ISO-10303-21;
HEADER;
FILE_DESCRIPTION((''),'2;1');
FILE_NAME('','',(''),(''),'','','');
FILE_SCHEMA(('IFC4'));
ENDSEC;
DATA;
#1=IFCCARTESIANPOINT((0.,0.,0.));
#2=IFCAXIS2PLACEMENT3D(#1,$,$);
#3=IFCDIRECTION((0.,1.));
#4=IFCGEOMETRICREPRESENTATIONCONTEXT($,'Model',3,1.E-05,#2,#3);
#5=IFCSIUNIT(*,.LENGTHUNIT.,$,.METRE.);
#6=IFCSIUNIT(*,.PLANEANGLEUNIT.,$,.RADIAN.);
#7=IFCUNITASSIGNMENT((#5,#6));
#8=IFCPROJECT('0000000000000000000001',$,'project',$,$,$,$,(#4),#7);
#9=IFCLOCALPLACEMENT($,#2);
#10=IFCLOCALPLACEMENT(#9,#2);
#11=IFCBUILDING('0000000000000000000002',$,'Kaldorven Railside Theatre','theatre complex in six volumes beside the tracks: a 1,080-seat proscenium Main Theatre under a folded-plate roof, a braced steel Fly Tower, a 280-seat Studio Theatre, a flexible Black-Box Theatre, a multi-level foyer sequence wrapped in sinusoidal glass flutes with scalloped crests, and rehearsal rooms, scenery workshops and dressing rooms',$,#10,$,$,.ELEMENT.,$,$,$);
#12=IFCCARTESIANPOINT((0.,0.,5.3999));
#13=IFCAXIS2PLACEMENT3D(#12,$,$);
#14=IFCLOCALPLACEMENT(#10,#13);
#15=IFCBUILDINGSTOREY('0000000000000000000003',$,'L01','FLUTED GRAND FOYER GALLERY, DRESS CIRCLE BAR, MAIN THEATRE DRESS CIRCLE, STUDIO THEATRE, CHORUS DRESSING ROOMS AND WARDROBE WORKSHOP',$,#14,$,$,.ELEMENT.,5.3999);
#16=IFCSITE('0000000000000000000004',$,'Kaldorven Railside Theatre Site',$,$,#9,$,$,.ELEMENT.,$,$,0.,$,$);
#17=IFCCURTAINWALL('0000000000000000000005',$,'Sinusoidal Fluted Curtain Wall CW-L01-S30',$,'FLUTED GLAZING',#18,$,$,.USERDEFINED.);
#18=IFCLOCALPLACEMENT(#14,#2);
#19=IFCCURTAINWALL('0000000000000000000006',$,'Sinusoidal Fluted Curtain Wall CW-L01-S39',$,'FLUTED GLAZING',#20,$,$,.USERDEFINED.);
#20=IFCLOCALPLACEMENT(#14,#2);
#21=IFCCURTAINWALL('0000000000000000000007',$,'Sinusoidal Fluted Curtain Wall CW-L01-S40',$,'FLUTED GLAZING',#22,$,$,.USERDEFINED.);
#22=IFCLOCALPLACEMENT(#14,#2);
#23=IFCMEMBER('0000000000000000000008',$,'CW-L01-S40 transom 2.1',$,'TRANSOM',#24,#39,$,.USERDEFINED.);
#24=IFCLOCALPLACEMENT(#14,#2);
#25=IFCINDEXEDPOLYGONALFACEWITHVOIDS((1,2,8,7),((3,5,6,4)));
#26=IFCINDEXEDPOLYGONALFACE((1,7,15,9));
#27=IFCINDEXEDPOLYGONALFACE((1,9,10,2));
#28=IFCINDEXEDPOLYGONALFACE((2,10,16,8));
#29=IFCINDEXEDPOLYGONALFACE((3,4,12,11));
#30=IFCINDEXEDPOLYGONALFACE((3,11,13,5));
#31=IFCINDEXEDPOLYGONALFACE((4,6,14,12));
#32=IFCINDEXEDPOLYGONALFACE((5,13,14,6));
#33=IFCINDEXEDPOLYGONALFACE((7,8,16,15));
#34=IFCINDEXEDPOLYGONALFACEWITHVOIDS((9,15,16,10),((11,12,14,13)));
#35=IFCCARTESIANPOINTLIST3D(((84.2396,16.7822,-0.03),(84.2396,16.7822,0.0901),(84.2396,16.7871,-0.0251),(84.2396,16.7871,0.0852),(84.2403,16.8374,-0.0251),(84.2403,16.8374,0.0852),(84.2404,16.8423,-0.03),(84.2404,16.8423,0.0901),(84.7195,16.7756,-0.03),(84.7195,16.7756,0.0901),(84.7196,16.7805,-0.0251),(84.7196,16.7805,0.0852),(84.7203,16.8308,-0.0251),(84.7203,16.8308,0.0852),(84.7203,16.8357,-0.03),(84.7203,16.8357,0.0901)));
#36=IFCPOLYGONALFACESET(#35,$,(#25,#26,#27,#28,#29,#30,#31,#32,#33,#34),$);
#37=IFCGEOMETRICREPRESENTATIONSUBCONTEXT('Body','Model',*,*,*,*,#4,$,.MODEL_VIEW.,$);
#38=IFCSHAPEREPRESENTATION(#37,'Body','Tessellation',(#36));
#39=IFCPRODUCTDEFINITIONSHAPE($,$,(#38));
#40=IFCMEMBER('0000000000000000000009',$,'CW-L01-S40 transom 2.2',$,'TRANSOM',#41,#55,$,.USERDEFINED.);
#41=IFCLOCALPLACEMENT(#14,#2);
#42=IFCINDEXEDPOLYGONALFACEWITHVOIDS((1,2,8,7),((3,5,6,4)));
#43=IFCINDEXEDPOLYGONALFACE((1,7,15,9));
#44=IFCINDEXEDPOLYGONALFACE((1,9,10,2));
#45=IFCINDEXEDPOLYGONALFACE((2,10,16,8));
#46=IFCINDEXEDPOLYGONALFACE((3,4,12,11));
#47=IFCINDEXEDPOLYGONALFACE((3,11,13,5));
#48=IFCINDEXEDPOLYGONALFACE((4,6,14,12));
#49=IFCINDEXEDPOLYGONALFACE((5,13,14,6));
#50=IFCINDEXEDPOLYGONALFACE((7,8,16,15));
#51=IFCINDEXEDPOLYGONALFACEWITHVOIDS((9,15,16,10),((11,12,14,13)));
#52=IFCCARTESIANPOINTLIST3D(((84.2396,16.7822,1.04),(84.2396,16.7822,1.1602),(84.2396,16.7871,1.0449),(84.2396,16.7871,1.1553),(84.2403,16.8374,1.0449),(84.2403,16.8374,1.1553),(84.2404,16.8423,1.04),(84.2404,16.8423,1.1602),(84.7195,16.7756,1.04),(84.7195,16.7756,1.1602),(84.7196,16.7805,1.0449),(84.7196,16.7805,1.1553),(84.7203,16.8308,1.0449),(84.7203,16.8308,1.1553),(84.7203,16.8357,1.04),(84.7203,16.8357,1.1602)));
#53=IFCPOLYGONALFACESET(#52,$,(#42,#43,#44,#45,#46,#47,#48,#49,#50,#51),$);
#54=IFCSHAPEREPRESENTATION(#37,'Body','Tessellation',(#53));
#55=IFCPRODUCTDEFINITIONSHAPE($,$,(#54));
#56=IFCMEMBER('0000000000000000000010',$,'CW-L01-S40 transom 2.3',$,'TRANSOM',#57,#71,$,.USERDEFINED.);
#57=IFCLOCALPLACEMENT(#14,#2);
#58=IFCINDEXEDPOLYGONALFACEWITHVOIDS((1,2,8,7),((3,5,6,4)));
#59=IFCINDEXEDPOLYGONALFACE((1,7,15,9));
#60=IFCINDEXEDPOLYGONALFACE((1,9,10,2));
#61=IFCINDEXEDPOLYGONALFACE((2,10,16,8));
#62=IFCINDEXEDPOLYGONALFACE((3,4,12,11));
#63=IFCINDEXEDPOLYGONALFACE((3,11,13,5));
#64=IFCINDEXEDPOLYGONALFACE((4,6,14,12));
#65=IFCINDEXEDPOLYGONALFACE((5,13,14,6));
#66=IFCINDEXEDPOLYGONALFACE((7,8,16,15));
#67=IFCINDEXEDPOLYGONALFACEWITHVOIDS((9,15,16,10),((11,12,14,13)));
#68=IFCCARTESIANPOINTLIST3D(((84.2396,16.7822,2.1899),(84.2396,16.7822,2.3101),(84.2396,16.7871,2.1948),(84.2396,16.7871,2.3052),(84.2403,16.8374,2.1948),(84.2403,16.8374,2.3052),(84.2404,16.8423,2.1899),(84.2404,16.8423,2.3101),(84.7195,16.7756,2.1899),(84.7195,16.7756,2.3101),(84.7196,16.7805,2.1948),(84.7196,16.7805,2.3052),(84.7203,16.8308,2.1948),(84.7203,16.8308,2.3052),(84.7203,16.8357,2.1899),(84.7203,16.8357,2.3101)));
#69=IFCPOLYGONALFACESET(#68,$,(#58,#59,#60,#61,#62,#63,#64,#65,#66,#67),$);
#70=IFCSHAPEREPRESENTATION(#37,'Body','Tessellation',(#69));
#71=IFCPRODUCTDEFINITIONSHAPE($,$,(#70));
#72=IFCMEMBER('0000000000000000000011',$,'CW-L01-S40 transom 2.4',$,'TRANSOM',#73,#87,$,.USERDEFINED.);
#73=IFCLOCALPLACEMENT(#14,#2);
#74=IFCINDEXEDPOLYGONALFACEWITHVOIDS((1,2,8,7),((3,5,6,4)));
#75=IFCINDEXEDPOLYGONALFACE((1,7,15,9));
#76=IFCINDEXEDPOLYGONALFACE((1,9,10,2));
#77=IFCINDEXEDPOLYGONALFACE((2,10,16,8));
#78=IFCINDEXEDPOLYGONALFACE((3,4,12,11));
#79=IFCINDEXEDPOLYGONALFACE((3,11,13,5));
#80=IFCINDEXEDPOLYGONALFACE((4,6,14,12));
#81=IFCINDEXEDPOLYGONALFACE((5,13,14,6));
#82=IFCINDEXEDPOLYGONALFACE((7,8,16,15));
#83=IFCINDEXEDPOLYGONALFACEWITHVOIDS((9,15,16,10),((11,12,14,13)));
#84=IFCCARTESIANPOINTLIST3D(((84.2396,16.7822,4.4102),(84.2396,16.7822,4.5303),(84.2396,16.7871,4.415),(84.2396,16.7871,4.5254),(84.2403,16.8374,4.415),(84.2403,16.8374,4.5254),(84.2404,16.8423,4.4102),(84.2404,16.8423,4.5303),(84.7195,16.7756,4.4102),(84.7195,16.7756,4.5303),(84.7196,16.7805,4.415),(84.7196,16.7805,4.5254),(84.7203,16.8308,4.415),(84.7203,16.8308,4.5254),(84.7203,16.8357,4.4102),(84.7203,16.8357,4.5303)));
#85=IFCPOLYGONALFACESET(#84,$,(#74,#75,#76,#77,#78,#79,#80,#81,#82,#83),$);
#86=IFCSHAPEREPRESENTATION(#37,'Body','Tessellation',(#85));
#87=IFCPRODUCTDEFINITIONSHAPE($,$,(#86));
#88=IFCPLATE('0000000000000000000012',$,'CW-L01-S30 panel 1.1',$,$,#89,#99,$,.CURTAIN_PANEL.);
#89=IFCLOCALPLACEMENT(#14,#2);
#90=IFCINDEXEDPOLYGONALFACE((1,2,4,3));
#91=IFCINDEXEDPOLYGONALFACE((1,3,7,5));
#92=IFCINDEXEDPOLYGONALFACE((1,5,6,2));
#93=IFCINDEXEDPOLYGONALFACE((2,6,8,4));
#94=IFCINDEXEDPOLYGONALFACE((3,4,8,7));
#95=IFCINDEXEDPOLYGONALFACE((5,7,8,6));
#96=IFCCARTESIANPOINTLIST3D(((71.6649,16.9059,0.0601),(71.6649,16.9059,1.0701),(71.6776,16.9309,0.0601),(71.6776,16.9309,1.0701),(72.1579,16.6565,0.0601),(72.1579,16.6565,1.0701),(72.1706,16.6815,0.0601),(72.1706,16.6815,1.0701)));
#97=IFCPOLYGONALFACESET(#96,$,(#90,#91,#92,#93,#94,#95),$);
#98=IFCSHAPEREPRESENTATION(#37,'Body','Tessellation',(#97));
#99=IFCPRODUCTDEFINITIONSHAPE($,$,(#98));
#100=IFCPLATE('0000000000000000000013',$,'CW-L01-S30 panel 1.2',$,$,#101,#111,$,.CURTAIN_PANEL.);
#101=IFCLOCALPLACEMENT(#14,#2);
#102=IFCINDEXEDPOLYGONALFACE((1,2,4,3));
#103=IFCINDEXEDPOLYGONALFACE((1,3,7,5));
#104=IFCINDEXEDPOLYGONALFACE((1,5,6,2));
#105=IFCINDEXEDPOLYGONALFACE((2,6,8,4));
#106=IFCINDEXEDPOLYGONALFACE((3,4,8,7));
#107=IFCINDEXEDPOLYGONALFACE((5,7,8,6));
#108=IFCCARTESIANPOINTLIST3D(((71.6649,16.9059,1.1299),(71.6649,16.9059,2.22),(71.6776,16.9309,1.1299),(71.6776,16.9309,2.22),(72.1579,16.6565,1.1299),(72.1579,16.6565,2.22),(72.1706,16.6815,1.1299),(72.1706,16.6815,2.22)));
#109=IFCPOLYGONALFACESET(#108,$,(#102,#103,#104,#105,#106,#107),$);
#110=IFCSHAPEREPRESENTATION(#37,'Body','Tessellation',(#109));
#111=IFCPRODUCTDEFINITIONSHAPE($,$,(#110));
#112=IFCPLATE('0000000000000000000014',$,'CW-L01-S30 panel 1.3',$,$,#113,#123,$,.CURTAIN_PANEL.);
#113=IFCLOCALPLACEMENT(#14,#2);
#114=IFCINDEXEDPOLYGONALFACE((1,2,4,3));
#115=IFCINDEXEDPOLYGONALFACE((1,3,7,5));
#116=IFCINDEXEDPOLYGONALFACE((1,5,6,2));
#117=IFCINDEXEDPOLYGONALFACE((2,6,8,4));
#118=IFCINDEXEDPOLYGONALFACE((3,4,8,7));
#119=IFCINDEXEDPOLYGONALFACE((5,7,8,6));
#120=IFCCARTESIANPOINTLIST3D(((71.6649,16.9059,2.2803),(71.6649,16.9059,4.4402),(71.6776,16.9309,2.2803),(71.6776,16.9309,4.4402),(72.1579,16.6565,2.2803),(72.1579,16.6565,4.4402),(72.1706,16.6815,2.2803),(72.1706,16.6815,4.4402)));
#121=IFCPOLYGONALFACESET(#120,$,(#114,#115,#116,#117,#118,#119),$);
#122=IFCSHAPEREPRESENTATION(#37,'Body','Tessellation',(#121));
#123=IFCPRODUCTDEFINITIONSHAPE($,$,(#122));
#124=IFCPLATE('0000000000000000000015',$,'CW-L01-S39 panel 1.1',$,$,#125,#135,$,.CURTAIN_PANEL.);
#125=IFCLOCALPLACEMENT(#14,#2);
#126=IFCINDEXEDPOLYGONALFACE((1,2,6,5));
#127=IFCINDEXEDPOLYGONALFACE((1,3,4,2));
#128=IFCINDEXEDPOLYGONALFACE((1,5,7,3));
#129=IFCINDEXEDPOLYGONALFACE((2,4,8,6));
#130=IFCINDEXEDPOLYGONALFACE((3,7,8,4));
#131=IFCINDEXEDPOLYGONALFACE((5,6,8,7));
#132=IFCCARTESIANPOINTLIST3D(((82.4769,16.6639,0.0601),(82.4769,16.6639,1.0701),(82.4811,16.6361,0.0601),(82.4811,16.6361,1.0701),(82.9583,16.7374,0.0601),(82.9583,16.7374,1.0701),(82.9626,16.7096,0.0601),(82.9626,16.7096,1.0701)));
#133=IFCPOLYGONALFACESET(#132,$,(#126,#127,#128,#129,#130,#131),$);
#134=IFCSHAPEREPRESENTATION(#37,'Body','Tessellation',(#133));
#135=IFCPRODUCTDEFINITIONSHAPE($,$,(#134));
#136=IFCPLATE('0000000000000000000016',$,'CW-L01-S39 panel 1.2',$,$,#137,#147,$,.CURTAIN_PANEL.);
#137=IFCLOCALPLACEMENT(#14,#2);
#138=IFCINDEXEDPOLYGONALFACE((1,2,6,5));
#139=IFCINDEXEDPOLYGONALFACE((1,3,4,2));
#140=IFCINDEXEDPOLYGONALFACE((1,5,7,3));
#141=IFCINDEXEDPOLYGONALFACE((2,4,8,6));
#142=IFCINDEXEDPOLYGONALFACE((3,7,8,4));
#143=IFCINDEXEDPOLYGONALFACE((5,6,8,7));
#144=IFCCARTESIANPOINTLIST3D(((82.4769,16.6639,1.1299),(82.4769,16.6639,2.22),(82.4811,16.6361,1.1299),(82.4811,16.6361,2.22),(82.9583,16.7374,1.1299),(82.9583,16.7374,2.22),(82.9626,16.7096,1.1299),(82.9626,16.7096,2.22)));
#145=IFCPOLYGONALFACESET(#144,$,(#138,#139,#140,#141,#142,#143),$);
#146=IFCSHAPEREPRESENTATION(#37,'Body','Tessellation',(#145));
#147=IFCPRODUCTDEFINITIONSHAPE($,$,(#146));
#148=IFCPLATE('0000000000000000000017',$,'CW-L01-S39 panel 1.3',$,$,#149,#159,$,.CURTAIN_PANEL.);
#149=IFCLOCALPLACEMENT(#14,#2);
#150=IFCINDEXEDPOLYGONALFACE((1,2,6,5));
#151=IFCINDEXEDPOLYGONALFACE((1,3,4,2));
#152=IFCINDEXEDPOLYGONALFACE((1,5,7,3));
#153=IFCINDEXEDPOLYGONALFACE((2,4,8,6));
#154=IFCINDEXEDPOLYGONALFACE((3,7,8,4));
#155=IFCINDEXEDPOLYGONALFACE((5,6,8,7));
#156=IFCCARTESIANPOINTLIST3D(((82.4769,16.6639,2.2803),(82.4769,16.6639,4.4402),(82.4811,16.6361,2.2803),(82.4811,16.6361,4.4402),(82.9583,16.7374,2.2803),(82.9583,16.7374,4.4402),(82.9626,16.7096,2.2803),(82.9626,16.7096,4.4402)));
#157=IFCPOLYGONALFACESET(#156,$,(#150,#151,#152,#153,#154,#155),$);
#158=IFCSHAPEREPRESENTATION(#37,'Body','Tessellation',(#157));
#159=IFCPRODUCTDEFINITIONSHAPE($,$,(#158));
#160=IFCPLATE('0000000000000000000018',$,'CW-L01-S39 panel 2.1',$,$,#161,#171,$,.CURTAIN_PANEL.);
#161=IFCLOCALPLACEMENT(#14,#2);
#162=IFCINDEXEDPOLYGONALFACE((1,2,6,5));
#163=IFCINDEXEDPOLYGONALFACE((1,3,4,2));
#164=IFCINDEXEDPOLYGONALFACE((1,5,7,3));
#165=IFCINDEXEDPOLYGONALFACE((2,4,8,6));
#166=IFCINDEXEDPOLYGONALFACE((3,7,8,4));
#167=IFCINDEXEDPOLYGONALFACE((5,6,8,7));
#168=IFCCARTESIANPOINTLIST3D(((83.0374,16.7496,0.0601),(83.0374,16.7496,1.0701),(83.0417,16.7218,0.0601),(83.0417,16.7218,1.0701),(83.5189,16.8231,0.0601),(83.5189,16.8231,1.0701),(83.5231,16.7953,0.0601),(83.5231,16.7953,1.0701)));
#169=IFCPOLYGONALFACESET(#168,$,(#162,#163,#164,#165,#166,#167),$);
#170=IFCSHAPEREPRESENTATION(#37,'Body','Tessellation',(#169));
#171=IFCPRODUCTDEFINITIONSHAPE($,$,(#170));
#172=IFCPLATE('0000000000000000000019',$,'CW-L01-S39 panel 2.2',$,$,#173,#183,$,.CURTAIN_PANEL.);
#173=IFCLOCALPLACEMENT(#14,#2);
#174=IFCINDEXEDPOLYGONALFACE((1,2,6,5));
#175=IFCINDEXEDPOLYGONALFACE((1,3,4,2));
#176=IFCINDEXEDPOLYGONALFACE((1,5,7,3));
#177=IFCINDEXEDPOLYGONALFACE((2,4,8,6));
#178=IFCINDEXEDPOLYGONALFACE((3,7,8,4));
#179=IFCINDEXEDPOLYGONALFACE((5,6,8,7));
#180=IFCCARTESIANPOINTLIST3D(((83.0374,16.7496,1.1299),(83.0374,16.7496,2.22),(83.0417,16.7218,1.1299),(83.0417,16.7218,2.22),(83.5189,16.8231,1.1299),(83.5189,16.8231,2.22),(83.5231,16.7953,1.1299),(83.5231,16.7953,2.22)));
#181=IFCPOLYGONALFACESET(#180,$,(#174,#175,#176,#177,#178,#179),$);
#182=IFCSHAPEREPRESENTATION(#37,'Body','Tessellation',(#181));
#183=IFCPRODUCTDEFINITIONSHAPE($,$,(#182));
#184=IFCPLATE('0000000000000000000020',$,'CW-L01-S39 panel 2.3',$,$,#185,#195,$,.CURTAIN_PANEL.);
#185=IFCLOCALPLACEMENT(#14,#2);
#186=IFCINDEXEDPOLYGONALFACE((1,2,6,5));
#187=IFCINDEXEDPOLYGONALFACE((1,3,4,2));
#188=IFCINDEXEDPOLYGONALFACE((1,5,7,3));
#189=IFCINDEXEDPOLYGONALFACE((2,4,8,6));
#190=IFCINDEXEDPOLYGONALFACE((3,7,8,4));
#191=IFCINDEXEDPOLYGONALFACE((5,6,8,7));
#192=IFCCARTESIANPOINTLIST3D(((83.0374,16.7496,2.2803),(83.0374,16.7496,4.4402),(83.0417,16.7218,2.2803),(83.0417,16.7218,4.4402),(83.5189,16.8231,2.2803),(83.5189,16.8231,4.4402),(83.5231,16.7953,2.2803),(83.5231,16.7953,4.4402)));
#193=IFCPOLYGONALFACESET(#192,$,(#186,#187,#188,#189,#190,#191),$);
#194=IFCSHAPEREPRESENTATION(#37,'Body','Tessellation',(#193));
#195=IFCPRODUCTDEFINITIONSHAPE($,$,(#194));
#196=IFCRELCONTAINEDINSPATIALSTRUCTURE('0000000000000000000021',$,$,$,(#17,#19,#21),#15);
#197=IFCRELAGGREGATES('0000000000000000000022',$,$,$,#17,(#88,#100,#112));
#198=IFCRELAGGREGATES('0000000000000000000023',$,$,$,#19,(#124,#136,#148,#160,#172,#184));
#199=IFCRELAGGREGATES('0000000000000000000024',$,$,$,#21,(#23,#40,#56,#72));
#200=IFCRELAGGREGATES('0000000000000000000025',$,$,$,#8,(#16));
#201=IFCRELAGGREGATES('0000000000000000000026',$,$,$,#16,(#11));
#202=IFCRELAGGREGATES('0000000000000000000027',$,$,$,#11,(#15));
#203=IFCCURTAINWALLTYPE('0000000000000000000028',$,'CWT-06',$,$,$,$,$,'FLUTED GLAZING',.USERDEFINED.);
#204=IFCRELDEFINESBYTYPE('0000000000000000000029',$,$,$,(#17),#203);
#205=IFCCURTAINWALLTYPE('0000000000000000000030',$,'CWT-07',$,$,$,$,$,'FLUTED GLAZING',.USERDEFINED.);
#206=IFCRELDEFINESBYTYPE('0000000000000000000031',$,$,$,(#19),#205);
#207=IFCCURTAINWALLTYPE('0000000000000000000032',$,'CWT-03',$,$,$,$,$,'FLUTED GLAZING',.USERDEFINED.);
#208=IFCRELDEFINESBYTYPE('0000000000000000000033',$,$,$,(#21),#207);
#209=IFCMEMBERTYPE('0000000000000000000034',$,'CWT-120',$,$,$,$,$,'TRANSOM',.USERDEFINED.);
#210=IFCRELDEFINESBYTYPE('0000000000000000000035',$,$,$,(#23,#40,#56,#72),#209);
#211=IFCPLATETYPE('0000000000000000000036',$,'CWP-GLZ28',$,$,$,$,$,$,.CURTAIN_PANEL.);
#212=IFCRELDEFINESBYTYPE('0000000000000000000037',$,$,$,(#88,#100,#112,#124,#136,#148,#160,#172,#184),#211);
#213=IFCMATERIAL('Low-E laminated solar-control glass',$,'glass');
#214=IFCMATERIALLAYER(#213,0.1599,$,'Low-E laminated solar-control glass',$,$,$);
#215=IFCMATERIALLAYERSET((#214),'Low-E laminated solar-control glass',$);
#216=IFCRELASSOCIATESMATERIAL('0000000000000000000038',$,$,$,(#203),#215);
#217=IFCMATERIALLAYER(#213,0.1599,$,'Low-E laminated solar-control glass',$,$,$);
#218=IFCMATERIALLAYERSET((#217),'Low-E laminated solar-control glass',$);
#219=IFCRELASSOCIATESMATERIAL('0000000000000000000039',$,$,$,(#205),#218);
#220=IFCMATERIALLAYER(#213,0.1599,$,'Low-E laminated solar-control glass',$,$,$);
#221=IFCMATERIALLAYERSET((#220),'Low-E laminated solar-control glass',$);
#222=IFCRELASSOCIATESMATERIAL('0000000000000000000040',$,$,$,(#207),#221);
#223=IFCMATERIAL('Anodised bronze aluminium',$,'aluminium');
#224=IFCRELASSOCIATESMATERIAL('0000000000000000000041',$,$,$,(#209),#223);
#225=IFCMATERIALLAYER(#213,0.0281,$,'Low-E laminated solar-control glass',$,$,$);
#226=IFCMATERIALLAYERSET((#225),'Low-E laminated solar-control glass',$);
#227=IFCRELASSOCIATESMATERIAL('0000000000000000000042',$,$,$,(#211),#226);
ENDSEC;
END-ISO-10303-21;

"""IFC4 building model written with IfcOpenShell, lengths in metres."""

from ifc_helpers import new_model, si_unit, direction, frame, origin, origin_2d, place, context, subcontext, project, spatial, rectangle, hollow_rectangle, extrude, material, layer, layer_set, material_profile, profile_set, type_object, element, aggregate, save


model = new_model("IFC4")

# Units and contexts
model_context = context("Model", 3, precision=1e-05, world=origin(), true_north=direction((0.0, 1.0)))
body_context = subcontext(model_context, "Body", "Model", "MODEL_VIEW")
ifc_project = project(units=[si_unit("LENGTHUNIT", "METRE"), si_unit("PLANEANGLEUNIT", "RADIAN")], contexts=[model_context])

# Site, building, storey
site_placement = place(None, origin())
site = spatial("IfcSite", under=ifc_project, at=site_placement, Name="Kaldorven Railside Theatre Site", CompositionType="ELEMENT", RefElevation=0.0)
building_placement = place(site_placement, origin())
building = spatial("IfcBuilding", under=site, at=building_placement, Name="Kaldorven Railside Theatre", Description="theatre complex in six volumes beside the tracks: a 1,080-seat proscenium Main Theatre under a folded-plate roof, a braced steel Fly Tower, a 280-seat Studio Theatre, a flexible Black-Box Theatre, a multi-level foyer sequence wrapped in sinusoidal glass flutes with scalloped crests, and rehearsal rooms, scenery workshops and dressing rooms", CompositionType="ELEMENT")
storey_placement = place(building_placement, frame((0.0, 0.0, 5.3999)))
storey = spatial("IfcBuildingStorey", under=building, at=storey_placement, Name="L01", Description="FLUTED GRAND FOYER GALLERY, DRESS CIRCLE BAR, MAIN THEATRE DRESS CIRCLE, STUDIO THEATRE, CHORUS DRESSING ROOMS AND WARDROBE WORKSHOP", CompositionType="ELEMENT", Elevation=5.3999)

# Curtain wall
ifc_material_1 = material(Name="Low-E laminated solar-control glass", Category="glass")
ifc_layer_1 = layer(ifc_material_1, 0.1599, Name="Low-E laminated solar-control glass")
ifc_layer_set_1 = layer_set([ifc_layer_1], Name="Low-E laminated solar-control glass")
curtain_wall_type_1 = type_object("IfcCurtainWallType", Name="CWT-06", ElementType="FLUTED GLAZING", PredefinedType="USERDEFINED", material=ifc_layer_set_1)
curtain_wall_1_placement = place(storey_placement, origin())
curtain_wall_1 = element("IfcCurtainWall", 1, at=curtain_wall_1_placement, inside=storey, type_object=curtain_wall_type_1, Name="Sinusoidal Fluted Curtain Wall CW-L01-S30", ObjectType="FLUTED GLAZING", PredefinedType="USERDEFINED")
ifc_material_2 = material(Name="Anodised bronze aluminium", Category="aluminium")

# Curtain walls
ifc_layer_2 = layer(ifc_material_1, 0.1599, Name="Low-E laminated solar-control glass")
ifc_layer_set_2 = layer_set([ifc_layer_2], Name="Low-E laminated solar-control glass")
curtain_wall_type_2 = type_object("IfcCurtainWallType", Name="CWT-07", ElementType="FLUTED GLAZING", PredefinedType="USERDEFINED", material=ifc_layer_set_2)
curtain_wall_2_placement = place(storey_placement, origin())
curtain_wall_2 = element("IfcCurtainWall", 2, at=curtain_wall_2_placement, inside=storey, type_object=curtain_wall_type_2, Name="Sinusoidal Fluted Curtain Wall CW-L01-S39", ObjectType="FLUTED GLAZING", PredefinedType="USERDEFINED")
ifc_layer_3 = layer(ifc_material_1, 0.1599, Name="Low-E laminated solar-control glass")
ifc_layer_set_3 = layer_set([ifc_layer_3], Name="Low-E laminated solar-control glass")
curtain_wall_type_3 = type_object("IfcCurtainWallType", Name="CWT-03", ElementType="FLUTED GLAZING", PredefinedType="USERDEFINED", material=ifc_layer_set_3)
curtain_wall_3_placement = place(storey_placement, origin())
curtain_wall_3 = element("IfcCurtainWall", 3, at=curtain_wall_3_placement, inside=storey, type_object=curtain_wall_type_3, Name="Sinusoidal Fluted Curtain Wall CW-L01-S40", ObjectType="FLUTED GLAZING", PredefinedType="USERDEFINED")

# Members
ifc_material_profile_1 = material_profile(ifc_material_2, hollow_rectangle(XDim=0.0601, YDim=0.1201, WallThickness=0.0049, at=origin_2d()), Name="RHS 120x60x5")
ifc_profile_set_1 = profile_set([ifc_material_profile_1], Name="Anodised bronze aluminium")
member_type_1 = type_object("IfcMemberType", Name="CWT-120", ElementType="TRANSOM", PredefinedType="USERDEFINED", material=ifc_profile_set_1)
member_1_placement = place(storey_placement, frame((84.24, 16.8123, 0.03), z_axis=(0.999906, -0.013732, 0.0), x_axis=(0.013732, 0.999906, 0.0)))
member_1 = element("IfcMember", 4, at=member_1_placement, type_object=member_type_1, Name="CW-L01-S40 transom 2.1", ObjectType="TRANSOM", PredefinedType="USERDEFINED", context=body_context, shape_type="SweptSolid", body=[
    extrude(hollow_rectangle(XDim=0.0601, YDim=0.1201, WallThickness=0.0049, at=origin_2d()), origin(), (0.0, 0.0, 1.0), 0.48),
])
member_2_placement = place(storey_placement, frame((84.24, 16.8123, 1.1001), z_axis=(0.999906, -0.013732, 0.0), x_axis=(0.013732, 0.999906, 0.0)))
member_2 = element("IfcMember", 5, at=member_2_placement, type_object=member_type_1, Name="CW-L01-S40 transom 2.2", ObjectType="TRANSOM", PredefinedType="USERDEFINED", context=body_context, shape_type="SweptSolid", body=[
    extrude(hollow_rectangle(XDim=0.0601, YDim=0.1201, WallThickness=0.0049, at=origin_2d()), origin(), (0.0, 0.0, 1.0), 0.48),
])
member_3_placement = place(storey_placement, frame((84.24, 16.8123, 2.25), z_axis=(0.999906, -0.013732, 0.0), x_axis=(0.013732, 0.999906, 0.0)))
member_3 = element("IfcMember", 6, at=member_3_placement, type_object=member_type_1, Name="CW-L01-S40 transom 2.3", ObjectType="TRANSOM", PredefinedType="USERDEFINED", context=body_context, shape_type="SweptSolid", body=[
    extrude(hollow_rectangle(XDim=0.0601, YDim=0.1201, WallThickness=0.0049, at=origin_2d()), origin(), (0.0, 0.0, 1.0), 0.48),
])
member_4_placement = place(storey_placement, frame((84.24, 16.8123, 4.4702), z_axis=(0.999906, -0.013732, 0.0), x_axis=(0.013732, 0.999906, 0.0)))
member_4 = element("IfcMember", 7, at=member_4_placement, type_object=member_type_1, Name="CW-L01-S40 transom 2.4", ObjectType="TRANSOM", PredefinedType="USERDEFINED", context=body_context, shape_type="SweptSolid", body=[
    extrude(hollow_rectangle(XDim=0.0601, YDim=0.1201, WallThickness=0.0049, at=origin_2d()), origin(), (0.0, 0.0, 1.0), 0.48),
])

# Plates
ifc_layer_4 = layer(ifc_material_1, 0.0281, Name="Low-E laminated solar-control glass")
ifc_layer_set_4 = layer_set([ifc_layer_4], Name="Low-E laminated solar-control glass")
plate_type = type_object("IfcPlateType", Name="CWP-GLZ28", PredefinedType="CURTAIN_PANEL", material=ifc_layer_set_4)
plate_1_placement = place(storey_placement, frame((71.9177, 16.7937, 0.0601), z_axis=(0.0, 0.0, 1.0), x_axis=(0.892305, -0.451432, 0.0)))
plate_1 = element("IfcPlate", 8, at=plate_1_placement, type_object=plate_type, Name="CW-L01-S30 panel 1.1", PredefinedType="CURTAIN_PANEL", context=body_context, shape_type="SweptSolid", body=[
    extrude(rectangle(XDim=0.5525, YDim=0.0281, at=origin_2d()), origin(), (0.0, 0.0, 1.0), 1.01),
])
plate_2_placement = place(storey_placement, frame((71.9177, 16.7937, 1.1299), z_axis=(0.0, 0.0, 1.0), x_axis=(0.892305, -0.451432, 0.0)))
plate_2 = element("IfcPlate", 9, at=plate_2_placement, type_object=plate_type, Name="CW-L01-S30 panel 1.2", PredefinedType="CURTAIN_PANEL", context=body_context, shape_type="SweptSolid", body=[
    extrude(rectangle(XDim=0.5525, YDim=0.0281, at=origin_2d()), origin(), (0.0, 0.0, 1.0), 1.0901),
])
plate_3_placement = place(storey_placement, frame((71.9177, 16.7937, 2.2803), z_axis=(0.0, 0.0, 1.0), x_axis=(0.892305, -0.451432, 0.0)))
plate_3 = element("IfcPlate", 10, at=plate_3_placement, type_object=plate_type, Name="CW-L01-S30 panel 1.3", PredefinedType="CURTAIN_PANEL", context=body_context, shape_type="SweptSolid", body=[
    extrude(rectangle(XDim=0.5525, YDim=0.0281, at=origin_2d()), origin(), (0.0, 0.0, 1.0), 2.1599),
])
aggregate(curtain_wall_1, [plate_1, plate_2, plate_3])
plate_4_placement = place(storey_placement, frame((82.7197, 16.6868, 0.0601), z_axis=(0.0, 0.0, 1.0), x_axis=(0.988546, 0.150918, 0.0)))
plate_4 = element("IfcPlate", 11, at=plate_4_placement, type_object=plate_type, Name="CW-L01-S39 panel 1.1", PredefinedType="CURTAIN_PANEL", context=body_context, shape_type="SweptSolid", body=[
    extrude(rectangle(XDim=0.4871, YDim=0.0281, at=origin_2d()), origin(), (0.0, 0.0, 1.0), 1.01),
])
plate_5_placement = place(storey_placement, frame((82.7197, 16.6868, 1.1299), z_axis=(0.0, 0.0, 1.0), x_axis=(0.988546, 0.150918, 0.0)))
plate_5 = element("IfcPlate", 12, at=plate_5_placement, type_object=plate_type, Name="CW-L01-S39 panel 1.2", PredefinedType="CURTAIN_PANEL", context=body_context, shape_type="SweptSolid", body=[
    extrude(rectangle(XDim=0.4871, YDim=0.0281, at=origin_2d()), origin(), (0.0, 0.0, 1.0), 1.0901),
])
plate_6_placement = place(storey_placement, frame((82.7197, 16.6868, 2.2803), z_axis=(0.0, 0.0, 1.0), x_axis=(0.988546, 0.150918, 0.0)))
plate_6 = element("IfcPlate", 13, at=plate_6_placement, type_object=plate_type, Name="CW-L01-S39 panel 1.3", PredefinedType="CURTAIN_PANEL", context=body_context, shape_type="SweptSolid", body=[
    extrude(rectangle(XDim=0.4871, YDim=0.0281, at=origin_2d()), origin(), (0.0, 0.0, 1.0), 2.1599),
])
plate_7_placement = place(storey_placement, frame((83.2803, 16.7725, 0.0601), z_axis=(0.0, 0.0, 1.0), x_axis=(0.988546, 0.150918, 0.0)))
plate_7 = element("IfcPlate", 14, at=plate_7_placement, type_object=plate_type, Name="CW-L01-S39 panel 2.1", PredefinedType="CURTAIN_PANEL", context=body_context, shape_type="SweptSolid", body=[
    extrude(rectangle(XDim=0.4871, YDim=0.0281, at=origin_2d()), origin(), (0.0, 0.0, 1.0), 1.01),
])
plate_8_placement = place(storey_placement, frame((83.2803, 16.7725, 1.1299), z_axis=(0.0, 0.0, 1.0), x_axis=(0.988546, 0.150918, 0.0)))
plate_8 = element("IfcPlate", 15, at=plate_8_placement, type_object=plate_type, Name="CW-L01-S39 panel 2.2", PredefinedType="CURTAIN_PANEL", context=body_context, shape_type="SweptSolid", body=[
    extrude(rectangle(XDim=0.4871, YDim=0.0281, at=origin_2d()), origin(), (0.0, 0.0, 1.0), 1.0901),
])
plate_9_placement = place(storey_placement, frame((83.2803, 16.7725, 2.2803), z_axis=(0.0, 0.0, 1.0), x_axis=(0.988546, 0.150918, 0.0)))
plate_9 = element("IfcPlate", 16, at=plate_9_placement, type_object=plate_type, Name="CW-L01-S39 panel 2.3", PredefinedType="CURTAIN_PANEL", context=body_context, shape_type="SweptSolid", body=[
    extrude(rectangle(XDim=0.4871, YDim=0.0281, at=origin_2d()), origin(), (0.0, 0.0, 1.0), 2.1599),
])
aggregate(curtain_wall_2, [plate_4, plate_5, plate_6, plate_7, plate_8, plate_9])
aggregate(curtain_wall_3, [member_1, member_2, member_3, member_4])

save(model, "model.ifc")
